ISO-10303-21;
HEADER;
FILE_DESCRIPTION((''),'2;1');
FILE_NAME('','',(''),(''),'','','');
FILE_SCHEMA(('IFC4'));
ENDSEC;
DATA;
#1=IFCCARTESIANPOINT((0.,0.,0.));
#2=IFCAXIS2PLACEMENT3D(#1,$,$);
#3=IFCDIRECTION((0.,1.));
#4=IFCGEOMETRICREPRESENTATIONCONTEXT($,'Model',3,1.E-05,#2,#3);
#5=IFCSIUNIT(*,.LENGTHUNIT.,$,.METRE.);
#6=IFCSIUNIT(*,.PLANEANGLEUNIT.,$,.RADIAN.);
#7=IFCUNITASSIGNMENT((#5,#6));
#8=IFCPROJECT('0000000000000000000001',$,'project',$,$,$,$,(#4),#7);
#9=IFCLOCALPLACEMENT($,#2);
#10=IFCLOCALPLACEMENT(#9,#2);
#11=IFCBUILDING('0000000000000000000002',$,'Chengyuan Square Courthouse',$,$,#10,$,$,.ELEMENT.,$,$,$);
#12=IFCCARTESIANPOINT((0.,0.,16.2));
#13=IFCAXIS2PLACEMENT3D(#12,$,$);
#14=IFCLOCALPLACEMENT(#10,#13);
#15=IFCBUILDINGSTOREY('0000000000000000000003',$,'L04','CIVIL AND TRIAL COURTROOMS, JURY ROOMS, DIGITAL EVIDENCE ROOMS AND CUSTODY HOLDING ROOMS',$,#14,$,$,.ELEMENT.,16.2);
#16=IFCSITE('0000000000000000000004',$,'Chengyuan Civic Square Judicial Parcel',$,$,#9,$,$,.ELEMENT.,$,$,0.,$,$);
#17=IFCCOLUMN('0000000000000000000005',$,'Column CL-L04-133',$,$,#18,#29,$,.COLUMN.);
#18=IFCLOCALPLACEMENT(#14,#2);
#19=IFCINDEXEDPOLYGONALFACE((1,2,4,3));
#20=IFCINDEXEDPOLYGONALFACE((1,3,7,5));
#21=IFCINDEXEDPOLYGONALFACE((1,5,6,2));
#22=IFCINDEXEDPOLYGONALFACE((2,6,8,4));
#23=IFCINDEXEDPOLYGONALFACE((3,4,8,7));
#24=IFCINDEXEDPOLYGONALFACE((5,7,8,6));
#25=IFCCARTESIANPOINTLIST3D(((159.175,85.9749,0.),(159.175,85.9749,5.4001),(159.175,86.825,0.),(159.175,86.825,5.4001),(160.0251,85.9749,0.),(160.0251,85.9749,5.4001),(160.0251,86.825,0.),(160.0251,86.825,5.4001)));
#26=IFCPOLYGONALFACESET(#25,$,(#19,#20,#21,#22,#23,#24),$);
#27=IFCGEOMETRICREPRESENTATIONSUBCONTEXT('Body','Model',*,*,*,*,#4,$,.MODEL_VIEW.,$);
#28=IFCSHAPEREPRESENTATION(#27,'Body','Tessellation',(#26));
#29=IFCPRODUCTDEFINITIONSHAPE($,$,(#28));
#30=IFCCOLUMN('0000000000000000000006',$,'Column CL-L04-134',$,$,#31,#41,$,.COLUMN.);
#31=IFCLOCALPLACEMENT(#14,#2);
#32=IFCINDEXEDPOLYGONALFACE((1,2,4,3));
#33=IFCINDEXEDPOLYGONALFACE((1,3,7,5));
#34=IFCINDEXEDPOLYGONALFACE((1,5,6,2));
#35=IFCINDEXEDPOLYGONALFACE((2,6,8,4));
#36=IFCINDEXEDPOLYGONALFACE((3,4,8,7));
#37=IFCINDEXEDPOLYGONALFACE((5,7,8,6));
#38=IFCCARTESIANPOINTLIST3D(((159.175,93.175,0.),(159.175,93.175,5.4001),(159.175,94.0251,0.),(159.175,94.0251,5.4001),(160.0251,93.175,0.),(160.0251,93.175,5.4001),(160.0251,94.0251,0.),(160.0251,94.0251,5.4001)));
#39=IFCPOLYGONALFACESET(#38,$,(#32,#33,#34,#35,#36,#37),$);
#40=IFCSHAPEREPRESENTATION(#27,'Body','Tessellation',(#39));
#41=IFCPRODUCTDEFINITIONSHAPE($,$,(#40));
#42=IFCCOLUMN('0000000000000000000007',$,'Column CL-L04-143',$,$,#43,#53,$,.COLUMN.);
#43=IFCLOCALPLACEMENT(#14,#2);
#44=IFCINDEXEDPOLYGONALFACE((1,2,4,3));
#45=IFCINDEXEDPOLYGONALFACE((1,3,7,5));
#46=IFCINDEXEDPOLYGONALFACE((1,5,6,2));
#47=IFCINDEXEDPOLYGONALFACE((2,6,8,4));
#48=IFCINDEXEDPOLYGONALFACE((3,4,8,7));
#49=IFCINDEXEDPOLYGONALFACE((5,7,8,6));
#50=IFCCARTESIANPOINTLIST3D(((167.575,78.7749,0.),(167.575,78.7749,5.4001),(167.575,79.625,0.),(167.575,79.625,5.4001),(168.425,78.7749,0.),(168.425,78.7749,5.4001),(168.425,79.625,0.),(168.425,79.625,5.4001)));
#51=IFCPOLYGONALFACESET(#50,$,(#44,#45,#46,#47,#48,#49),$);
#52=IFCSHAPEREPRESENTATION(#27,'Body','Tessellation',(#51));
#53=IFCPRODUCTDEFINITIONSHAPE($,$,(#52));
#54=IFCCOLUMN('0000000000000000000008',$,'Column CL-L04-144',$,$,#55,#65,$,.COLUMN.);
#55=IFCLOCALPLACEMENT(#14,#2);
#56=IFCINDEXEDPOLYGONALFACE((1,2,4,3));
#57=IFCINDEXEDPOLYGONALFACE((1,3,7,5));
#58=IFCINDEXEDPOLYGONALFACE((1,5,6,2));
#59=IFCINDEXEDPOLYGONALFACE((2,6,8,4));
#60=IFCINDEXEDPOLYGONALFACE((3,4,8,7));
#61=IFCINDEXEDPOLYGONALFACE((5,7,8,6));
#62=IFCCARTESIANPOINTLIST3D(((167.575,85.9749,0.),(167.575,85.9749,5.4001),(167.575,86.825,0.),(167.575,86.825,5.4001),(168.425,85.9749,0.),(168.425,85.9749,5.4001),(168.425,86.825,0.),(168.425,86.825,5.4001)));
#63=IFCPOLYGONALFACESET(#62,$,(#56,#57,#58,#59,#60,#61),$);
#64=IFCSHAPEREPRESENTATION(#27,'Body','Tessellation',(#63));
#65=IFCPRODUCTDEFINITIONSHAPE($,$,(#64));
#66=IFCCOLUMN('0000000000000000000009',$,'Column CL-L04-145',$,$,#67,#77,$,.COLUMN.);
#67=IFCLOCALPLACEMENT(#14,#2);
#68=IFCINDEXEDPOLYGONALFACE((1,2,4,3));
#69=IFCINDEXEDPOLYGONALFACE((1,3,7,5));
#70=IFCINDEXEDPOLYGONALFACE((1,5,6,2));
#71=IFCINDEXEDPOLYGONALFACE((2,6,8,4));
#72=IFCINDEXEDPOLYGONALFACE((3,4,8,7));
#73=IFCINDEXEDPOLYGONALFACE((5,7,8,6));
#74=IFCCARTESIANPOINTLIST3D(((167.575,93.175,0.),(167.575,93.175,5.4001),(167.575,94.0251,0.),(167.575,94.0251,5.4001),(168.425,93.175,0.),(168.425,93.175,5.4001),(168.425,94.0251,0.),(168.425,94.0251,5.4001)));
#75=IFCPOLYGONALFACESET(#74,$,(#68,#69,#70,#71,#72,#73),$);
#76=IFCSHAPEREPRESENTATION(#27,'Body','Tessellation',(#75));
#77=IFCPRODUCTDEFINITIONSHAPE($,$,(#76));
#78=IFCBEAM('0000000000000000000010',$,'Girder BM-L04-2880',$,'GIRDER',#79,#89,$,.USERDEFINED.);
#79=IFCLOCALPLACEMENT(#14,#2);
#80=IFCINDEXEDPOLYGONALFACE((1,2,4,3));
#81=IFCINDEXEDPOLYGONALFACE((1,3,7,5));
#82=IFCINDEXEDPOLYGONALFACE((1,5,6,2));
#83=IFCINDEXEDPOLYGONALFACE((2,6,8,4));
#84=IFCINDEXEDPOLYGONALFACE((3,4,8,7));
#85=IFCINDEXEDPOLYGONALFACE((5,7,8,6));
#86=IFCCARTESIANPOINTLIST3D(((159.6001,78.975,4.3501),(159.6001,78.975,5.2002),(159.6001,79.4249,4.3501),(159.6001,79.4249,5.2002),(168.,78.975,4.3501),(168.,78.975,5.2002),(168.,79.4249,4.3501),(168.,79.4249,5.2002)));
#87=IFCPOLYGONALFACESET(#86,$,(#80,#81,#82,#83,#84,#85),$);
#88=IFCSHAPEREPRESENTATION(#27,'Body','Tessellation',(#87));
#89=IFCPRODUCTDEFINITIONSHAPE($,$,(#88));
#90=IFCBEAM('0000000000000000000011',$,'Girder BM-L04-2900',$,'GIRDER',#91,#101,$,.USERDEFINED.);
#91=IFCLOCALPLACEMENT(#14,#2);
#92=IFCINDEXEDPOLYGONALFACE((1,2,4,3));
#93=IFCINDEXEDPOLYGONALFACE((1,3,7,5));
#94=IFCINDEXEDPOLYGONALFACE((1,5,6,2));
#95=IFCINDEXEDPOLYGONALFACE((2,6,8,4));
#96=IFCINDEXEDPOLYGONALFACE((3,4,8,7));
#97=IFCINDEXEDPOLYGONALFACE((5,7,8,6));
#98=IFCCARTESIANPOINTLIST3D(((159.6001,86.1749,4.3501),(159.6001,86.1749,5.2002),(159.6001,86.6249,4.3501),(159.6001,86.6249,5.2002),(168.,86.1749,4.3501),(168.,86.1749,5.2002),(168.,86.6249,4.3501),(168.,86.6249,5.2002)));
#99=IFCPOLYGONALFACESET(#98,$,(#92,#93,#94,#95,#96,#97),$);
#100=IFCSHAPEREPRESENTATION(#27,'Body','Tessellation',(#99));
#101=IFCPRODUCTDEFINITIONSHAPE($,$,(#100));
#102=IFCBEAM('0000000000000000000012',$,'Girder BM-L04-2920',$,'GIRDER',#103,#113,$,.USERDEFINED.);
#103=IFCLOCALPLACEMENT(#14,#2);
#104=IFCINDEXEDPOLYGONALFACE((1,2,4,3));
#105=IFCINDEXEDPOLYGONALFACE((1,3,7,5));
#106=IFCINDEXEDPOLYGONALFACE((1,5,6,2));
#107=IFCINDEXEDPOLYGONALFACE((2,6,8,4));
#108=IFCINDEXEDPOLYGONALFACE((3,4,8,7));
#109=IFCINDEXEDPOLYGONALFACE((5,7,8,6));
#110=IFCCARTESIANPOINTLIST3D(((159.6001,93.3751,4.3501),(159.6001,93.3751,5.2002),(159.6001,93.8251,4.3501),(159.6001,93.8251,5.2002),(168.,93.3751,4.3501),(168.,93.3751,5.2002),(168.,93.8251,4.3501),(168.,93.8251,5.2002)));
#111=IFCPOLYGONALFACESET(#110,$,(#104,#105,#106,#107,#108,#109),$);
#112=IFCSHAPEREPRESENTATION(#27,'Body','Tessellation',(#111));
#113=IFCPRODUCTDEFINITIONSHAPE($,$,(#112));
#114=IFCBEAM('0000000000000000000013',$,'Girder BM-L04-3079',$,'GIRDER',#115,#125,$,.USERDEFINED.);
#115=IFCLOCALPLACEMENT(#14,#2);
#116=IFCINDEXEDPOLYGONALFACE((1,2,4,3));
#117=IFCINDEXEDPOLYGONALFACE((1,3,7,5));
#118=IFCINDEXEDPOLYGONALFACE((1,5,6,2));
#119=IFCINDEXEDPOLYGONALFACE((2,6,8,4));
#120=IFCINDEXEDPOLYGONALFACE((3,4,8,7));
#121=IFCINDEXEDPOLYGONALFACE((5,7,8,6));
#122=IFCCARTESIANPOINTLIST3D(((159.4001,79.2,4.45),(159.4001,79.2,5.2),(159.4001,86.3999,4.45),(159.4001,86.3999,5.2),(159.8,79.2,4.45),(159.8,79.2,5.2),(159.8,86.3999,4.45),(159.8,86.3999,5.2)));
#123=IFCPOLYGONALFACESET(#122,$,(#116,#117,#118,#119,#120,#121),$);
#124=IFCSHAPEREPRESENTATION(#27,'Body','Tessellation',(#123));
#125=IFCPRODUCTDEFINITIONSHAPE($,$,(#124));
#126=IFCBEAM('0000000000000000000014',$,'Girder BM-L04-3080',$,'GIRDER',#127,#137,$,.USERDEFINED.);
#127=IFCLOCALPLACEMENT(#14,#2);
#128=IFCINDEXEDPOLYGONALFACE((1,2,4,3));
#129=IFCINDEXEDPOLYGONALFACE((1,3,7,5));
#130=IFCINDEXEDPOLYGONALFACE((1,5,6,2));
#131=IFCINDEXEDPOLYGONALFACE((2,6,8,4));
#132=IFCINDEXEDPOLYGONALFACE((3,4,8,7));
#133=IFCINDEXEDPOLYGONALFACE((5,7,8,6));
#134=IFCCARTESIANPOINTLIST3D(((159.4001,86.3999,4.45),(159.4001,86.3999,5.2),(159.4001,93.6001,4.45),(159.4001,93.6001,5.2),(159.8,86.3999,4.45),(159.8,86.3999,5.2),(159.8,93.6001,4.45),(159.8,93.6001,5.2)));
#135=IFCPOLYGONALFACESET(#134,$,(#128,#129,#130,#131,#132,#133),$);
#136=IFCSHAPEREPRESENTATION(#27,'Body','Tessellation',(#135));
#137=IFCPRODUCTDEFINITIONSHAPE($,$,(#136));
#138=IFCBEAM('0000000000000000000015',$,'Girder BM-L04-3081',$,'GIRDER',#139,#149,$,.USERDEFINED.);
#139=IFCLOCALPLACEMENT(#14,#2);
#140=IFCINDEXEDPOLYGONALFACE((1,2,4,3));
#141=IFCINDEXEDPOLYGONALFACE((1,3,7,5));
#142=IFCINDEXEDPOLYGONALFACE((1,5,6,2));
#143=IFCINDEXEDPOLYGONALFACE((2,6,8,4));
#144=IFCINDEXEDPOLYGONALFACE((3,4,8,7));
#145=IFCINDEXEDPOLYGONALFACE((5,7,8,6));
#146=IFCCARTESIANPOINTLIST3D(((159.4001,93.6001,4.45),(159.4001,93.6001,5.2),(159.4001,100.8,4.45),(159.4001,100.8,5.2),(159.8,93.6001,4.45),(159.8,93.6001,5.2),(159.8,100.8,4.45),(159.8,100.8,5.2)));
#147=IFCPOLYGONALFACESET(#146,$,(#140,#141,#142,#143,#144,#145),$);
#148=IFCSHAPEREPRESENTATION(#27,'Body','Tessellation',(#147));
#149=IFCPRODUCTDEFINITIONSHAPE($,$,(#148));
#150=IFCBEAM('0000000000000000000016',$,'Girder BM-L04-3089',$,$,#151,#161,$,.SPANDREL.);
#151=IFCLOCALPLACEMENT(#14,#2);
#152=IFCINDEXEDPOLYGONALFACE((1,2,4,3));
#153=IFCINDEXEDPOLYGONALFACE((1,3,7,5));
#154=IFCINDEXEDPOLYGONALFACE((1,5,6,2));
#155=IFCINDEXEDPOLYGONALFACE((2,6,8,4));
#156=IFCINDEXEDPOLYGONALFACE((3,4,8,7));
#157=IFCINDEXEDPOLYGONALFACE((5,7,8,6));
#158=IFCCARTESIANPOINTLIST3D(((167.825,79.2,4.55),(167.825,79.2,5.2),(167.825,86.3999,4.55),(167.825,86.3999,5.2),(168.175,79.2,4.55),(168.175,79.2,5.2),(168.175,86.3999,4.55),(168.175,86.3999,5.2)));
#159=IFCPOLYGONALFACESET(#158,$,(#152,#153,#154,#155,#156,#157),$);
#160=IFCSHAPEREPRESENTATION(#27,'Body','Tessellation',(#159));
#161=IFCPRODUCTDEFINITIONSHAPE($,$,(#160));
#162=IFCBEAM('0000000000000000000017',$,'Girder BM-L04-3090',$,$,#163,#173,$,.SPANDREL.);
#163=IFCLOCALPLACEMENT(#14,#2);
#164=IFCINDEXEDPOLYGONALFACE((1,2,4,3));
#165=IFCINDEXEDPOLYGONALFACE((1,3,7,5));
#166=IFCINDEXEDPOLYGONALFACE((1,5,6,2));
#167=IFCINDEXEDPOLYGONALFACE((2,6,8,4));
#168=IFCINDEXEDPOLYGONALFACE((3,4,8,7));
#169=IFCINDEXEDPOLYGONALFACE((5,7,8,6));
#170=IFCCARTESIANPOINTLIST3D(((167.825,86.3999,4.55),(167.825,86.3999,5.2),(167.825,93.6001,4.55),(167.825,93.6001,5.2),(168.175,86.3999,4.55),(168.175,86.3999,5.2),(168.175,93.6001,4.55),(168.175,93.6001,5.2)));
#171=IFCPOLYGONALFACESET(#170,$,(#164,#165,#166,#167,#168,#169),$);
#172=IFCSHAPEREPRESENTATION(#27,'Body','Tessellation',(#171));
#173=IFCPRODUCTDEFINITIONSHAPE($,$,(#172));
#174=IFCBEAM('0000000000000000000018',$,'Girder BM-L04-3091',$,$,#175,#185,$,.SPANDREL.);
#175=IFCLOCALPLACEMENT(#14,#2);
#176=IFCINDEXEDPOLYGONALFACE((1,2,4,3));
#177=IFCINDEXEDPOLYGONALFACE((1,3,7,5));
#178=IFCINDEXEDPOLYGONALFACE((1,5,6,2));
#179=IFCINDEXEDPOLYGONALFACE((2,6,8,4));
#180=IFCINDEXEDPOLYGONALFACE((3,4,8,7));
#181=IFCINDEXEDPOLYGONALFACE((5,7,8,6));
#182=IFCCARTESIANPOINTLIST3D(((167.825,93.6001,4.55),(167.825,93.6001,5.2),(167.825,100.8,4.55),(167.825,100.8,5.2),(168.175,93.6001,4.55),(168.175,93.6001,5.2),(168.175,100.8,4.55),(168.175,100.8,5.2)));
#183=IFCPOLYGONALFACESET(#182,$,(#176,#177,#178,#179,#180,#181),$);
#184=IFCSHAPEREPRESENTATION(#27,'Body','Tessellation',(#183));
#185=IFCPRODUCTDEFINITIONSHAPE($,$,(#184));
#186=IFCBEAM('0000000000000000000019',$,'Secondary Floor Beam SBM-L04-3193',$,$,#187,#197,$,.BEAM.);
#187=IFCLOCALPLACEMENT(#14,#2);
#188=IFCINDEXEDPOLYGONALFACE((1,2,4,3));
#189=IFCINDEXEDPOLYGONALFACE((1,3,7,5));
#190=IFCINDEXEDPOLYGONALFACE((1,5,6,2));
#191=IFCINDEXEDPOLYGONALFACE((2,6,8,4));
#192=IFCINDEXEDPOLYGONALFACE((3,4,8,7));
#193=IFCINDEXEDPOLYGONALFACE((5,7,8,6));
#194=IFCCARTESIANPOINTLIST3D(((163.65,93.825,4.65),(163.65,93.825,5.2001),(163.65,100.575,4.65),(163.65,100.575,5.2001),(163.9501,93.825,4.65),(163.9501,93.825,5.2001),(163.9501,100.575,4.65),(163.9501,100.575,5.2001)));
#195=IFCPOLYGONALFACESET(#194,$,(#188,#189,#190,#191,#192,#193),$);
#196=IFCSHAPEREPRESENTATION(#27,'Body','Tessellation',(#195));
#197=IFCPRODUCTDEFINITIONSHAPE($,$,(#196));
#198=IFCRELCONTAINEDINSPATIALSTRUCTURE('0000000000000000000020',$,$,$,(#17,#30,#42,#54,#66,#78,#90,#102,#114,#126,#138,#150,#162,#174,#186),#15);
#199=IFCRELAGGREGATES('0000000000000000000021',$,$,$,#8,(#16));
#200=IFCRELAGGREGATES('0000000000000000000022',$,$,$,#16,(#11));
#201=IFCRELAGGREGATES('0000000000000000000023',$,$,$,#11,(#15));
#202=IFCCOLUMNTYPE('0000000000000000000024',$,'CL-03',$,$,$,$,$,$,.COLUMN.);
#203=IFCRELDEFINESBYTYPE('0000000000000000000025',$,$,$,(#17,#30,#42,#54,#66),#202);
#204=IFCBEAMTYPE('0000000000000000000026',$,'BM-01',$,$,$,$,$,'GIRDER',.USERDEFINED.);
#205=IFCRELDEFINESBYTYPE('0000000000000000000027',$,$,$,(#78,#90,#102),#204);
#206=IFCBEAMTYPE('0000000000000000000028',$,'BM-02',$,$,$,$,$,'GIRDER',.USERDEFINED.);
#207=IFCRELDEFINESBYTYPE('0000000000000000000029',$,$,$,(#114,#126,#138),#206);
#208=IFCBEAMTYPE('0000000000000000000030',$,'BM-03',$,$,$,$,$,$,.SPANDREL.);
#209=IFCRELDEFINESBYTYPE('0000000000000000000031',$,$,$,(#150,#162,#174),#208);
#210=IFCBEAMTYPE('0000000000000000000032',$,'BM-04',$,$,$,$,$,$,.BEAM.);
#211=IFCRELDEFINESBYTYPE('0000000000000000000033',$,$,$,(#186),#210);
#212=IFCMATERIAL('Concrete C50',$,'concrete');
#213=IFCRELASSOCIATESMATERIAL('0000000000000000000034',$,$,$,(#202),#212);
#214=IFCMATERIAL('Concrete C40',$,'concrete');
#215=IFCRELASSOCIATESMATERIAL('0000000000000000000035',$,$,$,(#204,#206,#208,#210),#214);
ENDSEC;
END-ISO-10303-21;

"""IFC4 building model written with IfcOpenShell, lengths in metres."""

from ifc_helpers import new_model, si_unit, direction, frame, origin, origin_2d, place, context, subcontext, project, spatial, rectangle, extrude, material, material_profile, profile_set, type_object, element, save


model = new_model("IFC4")

# Units and contexts
model_context = context("Model", 3, precision=1e-05, world=origin(), true_north=direction((0.0, 1.0)))
body_context = subcontext(model_context, "Body", "Model", "MODEL_VIEW")
ifc_project = project(units=[si_unit("LENGTHUNIT", "METRE"), si_unit("PLANEANGLEUNIT", "RADIAN")], contexts=[model_context])

# Site, building, storey
site_placement = place(None, origin())
site = spatial("IfcSite", under=ifc_project, at=site_placement, Name="Chengyuan Civic Square Judicial Parcel", CompositionType="ELEMENT", RefElevation=0.0)
building_placement = place(site_placement, origin())
building = spatial("IfcBuilding", under=site, at=building_placement, Name="Chengyuan Square Courthouse", CompositionType="ELEMENT")
storey_placement = place(building_placement, frame((0.0, 0.0, 16.2)))
storey = spatial("IfcBuildingStorey", under=building, at=storey_placement, Name="L04", Description="CIVIL AND TRIAL COURTROOMS, JURY ROOMS, DIGITAL EVIDENCE ROOMS AND CUSTODY HOLDING ROOMS", CompositionType="ELEMENT", Elevation=16.2)

# Columns
ifc_material_1 = material(Name="Concrete C50", Category="concrete")
ifc_material_profile_1 = material_profile(ifc_material_1, rectangle(XDim=0.8501, YDim=0.8501, at=origin_2d()), Name="RC-COL-850x850")
ifc_profile_set_1 = profile_set([ifc_material_profile_1], Name="Concrete C50")
column_type = type_object("IfcColumnType", Name="CL-03", PredefinedType="COLUMN", material=ifc_profile_set_1)
for number, where, z_axis, x_axis, name in (
    (1, (159.6001, 86.3999, 0.0), (0.0, 0.0, 1.0), (1.0, 0.0, 0.0), "Column CL-L04-133"),
    (2, (159.6001, 93.6001, 0.0), (0.0, 0.0, 1.0), (1.0, 0.0, 0.0), "Column CL-L04-134"),
    (3, (168.0, 79.2, 0.0), (0.0, 0.0, 1.0), (1.0, 0.0, 0.0), "Column CL-L04-143"),
    (4, (168.0, 86.3999, 0.0), (0.0, 0.0, 1.0), (1.0, 0.0, 0.0), "Column CL-L04-144"),
    (5, (168.0, 93.6001, 0.0), (0.0, 0.0, 1.0), (1.0, 0.0, 0.0), "Column CL-L04-145"),
):
    element("IfcColumn", number, at=place(storey_placement, frame(where, z_axis=z_axis, x_axis=x_axis)), inside=storey, type_object=column_type, Name=name, PredefinedType="COLUMN", context=body_context, shape_type="SweptSolid", body=[
        extrude(rectangle(XDim=0.8501, YDim=0.8501, at=origin_2d()), origin(), (0.0, 0.0, 1.0), 5.4001),
    ])

# Beams
ifc_material_2 = material(Name="Concrete C40", Category="concrete")
ifc_material_profile_2 = material_profile(ifc_material_2, rectangle(XDim=0.45, YDim=0.8501, at=origin_2d()), Name="RC-BM-450x850")
ifc_profile_set_2 = profile_set([ifc_material_profile_2], Name="Concrete C40")
beam_type_1 = type_object("IfcBeamType", Name="BM-01", ElementType="GIRDER", PredefinedType="USERDEFINED", material=ifc_profile_set_2)
for number, where, z_axis, x_axis, name in (
    (6, (159.6001, 79.2, 4.7751), (1.0, 0.0, 0.0), (0.0, 1.0, 0.0), "Girder BM-L04-2880"),
    (7, (159.6001, 86.3999, 4.7751), (1.0, 0.0, 0.0), (0.0, 1.0, 0.0), "Girder BM-L04-2900"),
    (8, (159.6001, 93.6001, 4.7751), (1.0, 0.0, 0.0), (0.0, 1.0, 0.0), "Girder BM-L04-2920"),
):
    element("IfcBeam", number, at=place(storey_placement, frame(where, z_axis=z_axis, x_axis=x_axis)), inside=storey, type_object=beam_type_1, Name=name, ObjectType="GIRDER", PredefinedType="USERDEFINED", context=body_context, shape_type="SweptSolid", body=[
        extrude(rectangle(XDim=0.45, YDim=0.8501, at=origin_2d()), origin(), (0.0, 0.0, 1.0), 8.3999),
    ])
ifc_material_profile_3 = material_profile(ifc_material_2, rectangle(XDim=0.3999, YDim=0.75, at=origin_2d()), Name="RC-BM-400x750")
ifc_profile_set_3 = profile_set([ifc_material_profile_3], Name="Concrete C40")
beam_type_2 = type_object("IfcBeamType", Name="BM-02", ElementType="GIRDER", PredefinedType="USERDEFINED", material=ifc_profile_set_3)
beam_1_placement = place(storey_placement, frame((159.6001, 79.2, 4.825), z_axis=(0.0, 1.0, 0.0), x_axis=(-1.0, 0.0, 0.0)))
element("IfcBeam", 9, at=beam_1_placement, inside=storey, type_object=beam_type_2, Name="Girder BM-L04-3079", ObjectType="GIRDER", PredefinedType="USERDEFINED", context=body_context, shape_type="SweptSolid", body=[
    extrude(rectangle(XDim=0.3999, YDim=0.75, at=origin_2d()), origin(), (0.0, 0.0, 1.0), 7.2),
])
beam_2_placement = place(storey_placement, frame((159.6001, 86.3999, 4.825), z_axis=(0.0, 1.0, 0.0), x_axis=(-1.0, 0.0, 0.0)))
element("IfcBeam", 10, at=beam_2_placement, inside=storey, type_object=beam_type_2, Name="Girder BM-L04-3080", ObjectType="GIRDER", PredefinedType="USERDEFINED", context=body_context, shape_type="SweptSolid", body=[
    extrude(rectangle(XDim=0.3999, YDim=0.75, at=origin_2d()), origin(), (0.0, 0.0, 1.0), 7.2002),
])
beam_3_placement = place(storey_placement, frame((159.6001, 93.6001, 4.825), z_axis=(0.0, 1.0, 0.0), x_axis=(-1.0, 0.0, 0.0)))
element("IfcBeam", 11, at=beam_3_placement, inside=storey, type_object=beam_type_2, Name="Girder BM-L04-3081", ObjectType="GIRDER", PredefinedType="USERDEFINED", context=body_context, shape_type="SweptSolid", body=[
    extrude(rectangle(XDim=0.3999, YDim=0.75, at=origin_2d()), origin(), (0.0, 0.0, 1.0), 7.2),
])
ifc_material_profile_4 = material_profile(ifc_material_2, rectangle(XDim=0.3501, YDim=0.6499, at=origin_2d()), Name="RC-BM-350x650")
ifc_profile_set_4 = profile_set([ifc_material_profile_4], Name="Concrete C40")
beam_type_3 = type_object("IfcBeamType", Name="BM-03", PredefinedType="SPANDREL", material=ifc_profile_set_4)
beam_4_placement = place(storey_placement, frame((168.0, 79.2, 4.875), z_axis=(0.0, 1.0, 0.0), x_axis=(-1.0, 0.0, 0.0)))
element("IfcBeam", 12, at=beam_4_placement, inside=storey, type_object=beam_type_3, Name="Girder BM-L04-3089", PredefinedType="SPANDREL", context=body_context, shape_type="SweptSolid", body=[
    extrude(rectangle(XDim=0.3501, YDim=0.6499, at=origin_2d()), origin(), (0.0, 0.0, 1.0), 7.2),
])
beam_5_placement = place(storey_placement, frame((168.0, 86.3999, 4.875), z_axis=(0.0, 1.0, 0.0), x_axis=(-1.0, 0.0, 0.0)))
element("IfcBeam", 13, at=beam_5_placement, inside=storey, type_object=beam_type_3, Name="Girder BM-L04-3090", PredefinedType="SPANDREL", context=body_context, shape_type="SweptSolid", body=[
    extrude(rectangle(XDim=0.3501, YDim=0.6499, at=origin_2d()), origin(), (0.0, 0.0, 1.0), 7.2002),
])
beam_6_placement = place(storey_placement, frame((168.0, 93.6001, 4.875), z_axis=(0.0, 1.0, 0.0), x_axis=(-1.0, 0.0, 0.0)))
element("IfcBeam", 14, at=beam_6_placement, inside=storey, type_object=beam_type_3, Name="Girder BM-L04-3091", PredefinedType="SPANDREL", context=body_context, shape_type="SweptSolid", body=[
    extrude(rectangle(XDim=0.3501, YDim=0.6499, at=origin_2d()), origin(), (0.0, 0.0, 1.0), 7.2),
])
ifc_material_profile_5 = material_profile(ifc_material_2, rectangle(XDim=0.3, YDim=0.55, at=origin_2d()), Name="RC-BM-300x550")
ifc_profile_set_5 = profile_set([ifc_material_profile_5], Name="Concrete C40")
beam_type_4 = type_object("IfcBeamType", Name="BM-04", PredefinedType="BEAM", material=ifc_profile_set_5)
beam_7_placement = place(storey_placement, frame((163.8, 93.825, 4.925), z_axis=(0.0, 1.0, 0.0), x_axis=(-1.0, 0.0, 0.0)))
element("IfcBeam", 15, at=beam_7_placement, inside=storey, type_object=beam_type_4, Name="Secondary Floor Beam SBM-L04-3193", PredefinedType="BEAM", context=body_context, shape_type="SweptSolid", body=[
    extrude(rectangle(XDim=0.3, YDim=0.55, at=origin_2d()), origin(), (0.0, 0.0, 1.0), 6.75),
])

save(model, "model.ifc")
